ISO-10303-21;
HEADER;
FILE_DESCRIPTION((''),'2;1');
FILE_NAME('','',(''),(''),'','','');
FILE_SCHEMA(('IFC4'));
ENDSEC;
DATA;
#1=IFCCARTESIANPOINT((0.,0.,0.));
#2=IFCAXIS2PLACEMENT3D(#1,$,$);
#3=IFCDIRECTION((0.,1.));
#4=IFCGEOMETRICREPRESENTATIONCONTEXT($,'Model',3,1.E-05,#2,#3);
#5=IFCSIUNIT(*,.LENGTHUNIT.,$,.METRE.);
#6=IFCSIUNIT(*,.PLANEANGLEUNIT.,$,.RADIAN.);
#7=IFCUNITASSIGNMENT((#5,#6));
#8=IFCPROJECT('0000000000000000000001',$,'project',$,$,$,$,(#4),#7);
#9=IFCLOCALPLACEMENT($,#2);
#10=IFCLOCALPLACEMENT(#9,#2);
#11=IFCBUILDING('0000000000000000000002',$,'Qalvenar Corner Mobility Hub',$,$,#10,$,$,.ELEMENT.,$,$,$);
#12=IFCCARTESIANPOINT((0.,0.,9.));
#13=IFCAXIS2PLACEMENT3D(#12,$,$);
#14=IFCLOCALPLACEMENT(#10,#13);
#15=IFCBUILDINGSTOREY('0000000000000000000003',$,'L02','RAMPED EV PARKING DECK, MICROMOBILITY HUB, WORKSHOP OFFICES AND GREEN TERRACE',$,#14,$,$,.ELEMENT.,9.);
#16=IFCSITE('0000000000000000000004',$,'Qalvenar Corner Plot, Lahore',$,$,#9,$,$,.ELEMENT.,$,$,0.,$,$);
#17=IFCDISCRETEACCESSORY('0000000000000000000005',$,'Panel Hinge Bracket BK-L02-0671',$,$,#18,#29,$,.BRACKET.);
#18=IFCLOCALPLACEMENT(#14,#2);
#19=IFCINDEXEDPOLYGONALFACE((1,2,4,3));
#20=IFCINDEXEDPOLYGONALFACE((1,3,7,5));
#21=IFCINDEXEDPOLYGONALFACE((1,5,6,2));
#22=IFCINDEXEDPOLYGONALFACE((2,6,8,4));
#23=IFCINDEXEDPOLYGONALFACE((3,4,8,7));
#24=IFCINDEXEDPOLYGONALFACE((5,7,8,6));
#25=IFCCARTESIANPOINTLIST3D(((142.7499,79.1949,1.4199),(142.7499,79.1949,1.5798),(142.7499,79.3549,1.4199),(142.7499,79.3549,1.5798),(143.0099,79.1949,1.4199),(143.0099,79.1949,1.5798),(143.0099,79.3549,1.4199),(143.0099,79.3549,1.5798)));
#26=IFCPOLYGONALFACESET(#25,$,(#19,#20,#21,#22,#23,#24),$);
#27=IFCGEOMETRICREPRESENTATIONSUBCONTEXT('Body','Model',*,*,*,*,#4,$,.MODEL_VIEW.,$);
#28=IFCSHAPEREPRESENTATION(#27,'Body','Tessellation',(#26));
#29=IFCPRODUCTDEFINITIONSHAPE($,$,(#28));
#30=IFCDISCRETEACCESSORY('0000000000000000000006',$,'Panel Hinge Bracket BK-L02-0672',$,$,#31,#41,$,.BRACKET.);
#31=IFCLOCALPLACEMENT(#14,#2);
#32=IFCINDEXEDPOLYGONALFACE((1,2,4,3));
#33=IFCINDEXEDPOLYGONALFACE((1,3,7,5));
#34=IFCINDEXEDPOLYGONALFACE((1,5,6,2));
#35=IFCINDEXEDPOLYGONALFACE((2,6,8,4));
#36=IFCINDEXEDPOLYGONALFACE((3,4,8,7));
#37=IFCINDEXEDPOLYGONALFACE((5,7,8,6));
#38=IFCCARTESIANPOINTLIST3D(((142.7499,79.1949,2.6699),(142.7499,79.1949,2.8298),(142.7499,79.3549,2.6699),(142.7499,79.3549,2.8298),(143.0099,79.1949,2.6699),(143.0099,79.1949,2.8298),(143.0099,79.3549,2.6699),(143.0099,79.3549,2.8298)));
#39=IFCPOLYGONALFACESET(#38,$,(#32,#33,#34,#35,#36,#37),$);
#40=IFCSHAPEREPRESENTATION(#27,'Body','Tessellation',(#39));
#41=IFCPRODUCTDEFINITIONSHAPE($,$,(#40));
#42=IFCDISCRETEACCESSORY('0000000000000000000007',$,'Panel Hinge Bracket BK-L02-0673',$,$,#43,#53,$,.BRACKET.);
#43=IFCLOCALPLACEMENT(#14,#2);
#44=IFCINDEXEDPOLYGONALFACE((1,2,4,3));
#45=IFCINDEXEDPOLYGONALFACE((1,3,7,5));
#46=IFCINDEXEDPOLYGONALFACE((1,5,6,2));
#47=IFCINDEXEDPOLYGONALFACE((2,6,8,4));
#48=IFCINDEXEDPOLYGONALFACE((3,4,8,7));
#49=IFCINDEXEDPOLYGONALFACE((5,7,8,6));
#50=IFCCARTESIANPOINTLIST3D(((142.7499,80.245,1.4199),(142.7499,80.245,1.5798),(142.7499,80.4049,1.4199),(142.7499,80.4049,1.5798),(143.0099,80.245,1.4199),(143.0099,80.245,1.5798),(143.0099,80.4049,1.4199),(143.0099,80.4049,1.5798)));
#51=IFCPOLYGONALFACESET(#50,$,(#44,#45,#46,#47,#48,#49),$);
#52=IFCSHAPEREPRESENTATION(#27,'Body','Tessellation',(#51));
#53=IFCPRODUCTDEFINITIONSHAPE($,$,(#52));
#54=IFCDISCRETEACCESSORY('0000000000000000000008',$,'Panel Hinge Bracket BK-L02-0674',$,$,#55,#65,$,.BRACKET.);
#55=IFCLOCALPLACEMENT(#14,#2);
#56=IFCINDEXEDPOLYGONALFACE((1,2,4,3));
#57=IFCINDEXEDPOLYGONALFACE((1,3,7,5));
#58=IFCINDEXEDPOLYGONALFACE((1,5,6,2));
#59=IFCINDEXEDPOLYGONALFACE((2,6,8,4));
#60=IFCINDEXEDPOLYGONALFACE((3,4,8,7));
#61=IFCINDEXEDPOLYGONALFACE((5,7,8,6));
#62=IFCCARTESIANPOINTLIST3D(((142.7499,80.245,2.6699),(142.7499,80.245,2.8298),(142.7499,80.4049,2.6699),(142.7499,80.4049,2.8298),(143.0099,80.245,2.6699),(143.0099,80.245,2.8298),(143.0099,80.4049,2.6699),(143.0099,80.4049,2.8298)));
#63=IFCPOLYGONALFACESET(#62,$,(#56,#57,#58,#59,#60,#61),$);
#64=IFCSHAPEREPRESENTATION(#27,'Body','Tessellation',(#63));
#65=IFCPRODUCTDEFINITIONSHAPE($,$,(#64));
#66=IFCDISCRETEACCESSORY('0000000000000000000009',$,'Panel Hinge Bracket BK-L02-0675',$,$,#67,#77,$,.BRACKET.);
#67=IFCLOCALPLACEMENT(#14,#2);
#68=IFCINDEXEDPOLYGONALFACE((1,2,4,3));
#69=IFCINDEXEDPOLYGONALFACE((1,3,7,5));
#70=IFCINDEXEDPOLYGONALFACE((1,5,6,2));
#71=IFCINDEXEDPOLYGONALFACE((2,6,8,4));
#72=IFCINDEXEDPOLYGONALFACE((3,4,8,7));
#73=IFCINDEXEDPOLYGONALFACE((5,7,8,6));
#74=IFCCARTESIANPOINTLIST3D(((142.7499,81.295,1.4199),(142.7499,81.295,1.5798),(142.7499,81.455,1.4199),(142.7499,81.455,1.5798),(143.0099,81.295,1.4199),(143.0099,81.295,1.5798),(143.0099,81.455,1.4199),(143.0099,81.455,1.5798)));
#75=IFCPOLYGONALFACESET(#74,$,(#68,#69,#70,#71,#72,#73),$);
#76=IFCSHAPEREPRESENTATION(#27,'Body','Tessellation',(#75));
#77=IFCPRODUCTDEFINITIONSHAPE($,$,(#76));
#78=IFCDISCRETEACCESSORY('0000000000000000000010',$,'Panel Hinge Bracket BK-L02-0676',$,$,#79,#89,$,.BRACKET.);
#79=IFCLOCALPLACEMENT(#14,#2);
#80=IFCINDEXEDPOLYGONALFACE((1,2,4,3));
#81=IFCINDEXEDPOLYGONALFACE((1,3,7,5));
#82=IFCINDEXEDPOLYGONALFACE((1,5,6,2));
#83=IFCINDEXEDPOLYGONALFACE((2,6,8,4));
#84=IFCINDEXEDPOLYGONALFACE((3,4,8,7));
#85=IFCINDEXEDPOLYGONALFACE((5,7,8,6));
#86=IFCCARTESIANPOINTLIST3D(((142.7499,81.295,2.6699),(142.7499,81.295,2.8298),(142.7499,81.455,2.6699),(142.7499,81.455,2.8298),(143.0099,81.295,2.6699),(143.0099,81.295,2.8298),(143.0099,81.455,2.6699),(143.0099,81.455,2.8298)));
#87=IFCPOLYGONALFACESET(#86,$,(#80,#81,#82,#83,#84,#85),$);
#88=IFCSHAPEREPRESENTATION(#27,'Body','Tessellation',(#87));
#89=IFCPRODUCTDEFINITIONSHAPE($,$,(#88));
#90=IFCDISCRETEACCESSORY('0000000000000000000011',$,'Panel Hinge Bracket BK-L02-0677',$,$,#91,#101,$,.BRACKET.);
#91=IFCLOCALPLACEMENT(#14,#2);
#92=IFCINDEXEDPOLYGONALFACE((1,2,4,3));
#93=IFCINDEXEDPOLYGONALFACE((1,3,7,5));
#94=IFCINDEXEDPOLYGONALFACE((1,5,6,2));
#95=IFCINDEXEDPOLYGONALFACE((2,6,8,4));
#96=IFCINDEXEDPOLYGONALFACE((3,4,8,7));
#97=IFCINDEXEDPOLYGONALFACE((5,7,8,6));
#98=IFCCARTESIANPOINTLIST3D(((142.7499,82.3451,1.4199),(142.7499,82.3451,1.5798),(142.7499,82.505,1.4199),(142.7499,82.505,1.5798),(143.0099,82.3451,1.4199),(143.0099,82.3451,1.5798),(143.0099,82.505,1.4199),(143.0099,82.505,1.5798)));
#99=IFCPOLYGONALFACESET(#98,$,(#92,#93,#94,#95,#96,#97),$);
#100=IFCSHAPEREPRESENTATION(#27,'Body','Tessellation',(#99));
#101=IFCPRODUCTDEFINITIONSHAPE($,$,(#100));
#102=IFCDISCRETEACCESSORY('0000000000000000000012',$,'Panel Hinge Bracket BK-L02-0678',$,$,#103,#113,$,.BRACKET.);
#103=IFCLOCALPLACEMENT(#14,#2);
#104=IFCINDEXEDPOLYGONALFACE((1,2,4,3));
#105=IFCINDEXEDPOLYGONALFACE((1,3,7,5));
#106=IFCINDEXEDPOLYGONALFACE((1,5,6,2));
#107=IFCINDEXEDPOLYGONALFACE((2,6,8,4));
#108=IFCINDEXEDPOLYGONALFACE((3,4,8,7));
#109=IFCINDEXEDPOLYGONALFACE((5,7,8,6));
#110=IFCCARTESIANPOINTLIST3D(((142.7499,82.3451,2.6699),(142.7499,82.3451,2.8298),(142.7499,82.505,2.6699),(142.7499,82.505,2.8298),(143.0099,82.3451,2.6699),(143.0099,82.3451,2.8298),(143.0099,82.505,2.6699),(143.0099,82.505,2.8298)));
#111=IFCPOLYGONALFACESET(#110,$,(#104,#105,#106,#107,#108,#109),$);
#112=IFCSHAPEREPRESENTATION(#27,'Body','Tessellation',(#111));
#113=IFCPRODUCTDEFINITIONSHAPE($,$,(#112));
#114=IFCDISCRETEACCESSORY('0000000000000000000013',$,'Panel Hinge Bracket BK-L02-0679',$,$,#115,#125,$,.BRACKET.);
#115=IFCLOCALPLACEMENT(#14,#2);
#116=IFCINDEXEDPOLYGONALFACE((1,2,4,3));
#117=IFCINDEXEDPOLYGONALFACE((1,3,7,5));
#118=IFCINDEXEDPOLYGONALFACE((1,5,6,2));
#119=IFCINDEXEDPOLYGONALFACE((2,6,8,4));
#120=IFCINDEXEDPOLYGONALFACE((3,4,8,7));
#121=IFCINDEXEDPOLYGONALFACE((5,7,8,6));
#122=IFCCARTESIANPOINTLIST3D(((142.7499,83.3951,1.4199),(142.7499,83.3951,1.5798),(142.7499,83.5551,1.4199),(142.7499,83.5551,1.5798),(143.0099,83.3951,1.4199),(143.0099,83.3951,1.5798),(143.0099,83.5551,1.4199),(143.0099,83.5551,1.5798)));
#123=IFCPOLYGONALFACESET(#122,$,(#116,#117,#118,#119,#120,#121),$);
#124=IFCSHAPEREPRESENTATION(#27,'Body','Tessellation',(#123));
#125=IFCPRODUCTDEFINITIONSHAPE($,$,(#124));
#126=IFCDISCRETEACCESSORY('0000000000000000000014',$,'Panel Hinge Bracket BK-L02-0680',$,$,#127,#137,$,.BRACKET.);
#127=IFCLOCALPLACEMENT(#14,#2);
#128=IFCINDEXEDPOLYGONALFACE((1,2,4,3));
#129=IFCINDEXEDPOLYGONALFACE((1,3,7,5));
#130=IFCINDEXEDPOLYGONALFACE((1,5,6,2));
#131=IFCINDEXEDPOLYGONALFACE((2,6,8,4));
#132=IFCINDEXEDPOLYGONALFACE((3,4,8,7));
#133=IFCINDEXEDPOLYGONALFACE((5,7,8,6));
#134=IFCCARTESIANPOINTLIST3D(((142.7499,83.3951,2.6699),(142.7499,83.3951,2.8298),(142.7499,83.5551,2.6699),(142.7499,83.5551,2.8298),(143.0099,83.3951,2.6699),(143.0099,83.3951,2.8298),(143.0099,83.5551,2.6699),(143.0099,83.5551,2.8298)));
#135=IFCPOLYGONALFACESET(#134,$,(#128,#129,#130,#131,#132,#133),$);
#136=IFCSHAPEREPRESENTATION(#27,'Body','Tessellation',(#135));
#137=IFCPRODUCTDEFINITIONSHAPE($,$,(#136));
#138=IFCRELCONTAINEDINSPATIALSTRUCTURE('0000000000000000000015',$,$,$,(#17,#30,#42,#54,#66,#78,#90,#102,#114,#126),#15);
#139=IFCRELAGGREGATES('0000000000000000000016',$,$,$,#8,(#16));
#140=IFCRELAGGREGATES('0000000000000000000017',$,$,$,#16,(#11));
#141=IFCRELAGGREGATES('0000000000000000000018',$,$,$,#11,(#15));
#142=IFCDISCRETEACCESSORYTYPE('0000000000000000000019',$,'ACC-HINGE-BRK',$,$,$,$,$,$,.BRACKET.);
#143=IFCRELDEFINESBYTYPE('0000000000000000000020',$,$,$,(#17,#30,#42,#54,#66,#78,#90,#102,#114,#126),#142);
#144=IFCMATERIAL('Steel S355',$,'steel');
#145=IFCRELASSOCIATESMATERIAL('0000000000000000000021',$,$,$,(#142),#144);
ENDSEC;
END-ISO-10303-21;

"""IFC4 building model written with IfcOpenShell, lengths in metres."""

from ifc_helpers import new_model, si_unit, direction, frame, origin, origin_2d, place, context, subcontext, project, spatial, rectangle, extrude, material, type_object, element, save


model = new_model("IFC4")

# Units and contexts
model_context = context("Model", 3, precision=1e-05, world=origin(), true_north=direction((0.0, 1.0)))
body_context = subcontext(model_context, "Body", "Model", "MODEL_VIEW")
ifc_project = project(units=[si_unit("LENGTHUNIT", "METRE"), si_unit("PLANEANGLEUNIT", "RADIAN")], contexts=[model_context])

# Site, building, storey
site_placement = place(None, origin())
site = spatial("IfcSite", under=ifc_project, at=site_placement, Name="Qalvenar Corner Plot, Lahore", CompositionType="ELEMENT", RefElevation=0.0)
building_placement = place(site_placement, origin())
building = spatial("IfcBuilding", under=site, at=building_placement, Name="Qalvenar Corner Mobility Hub", CompositionType="ELEMENT")
storey_placement = place(building_placement, frame((0.0, 0.0, 9.0)))
storey = spatial("IfcBuildingStorey", under=building, at=storey_placement, Name="L02", Description="RAMPED EV PARKING DECK, MICROMOBILITY HUB, WORKSHOP OFFICES AND GREEN TERRACE", CompositionType="ELEMENT", Elevation=9.0)

# Shared definitions
ifc_material_1 = material(Name="Steel S355", Category="steel")

# Discrete accessories
discrete_accessory_type = type_object("IfcDiscreteAccessoryType", Name="ACC-HINGE-BRK", PredefinedType="BRACKET", material=ifc_material_1)
for number, where, z_axis, x_axis, name in (
    (1, (142.8799, 79.2749, 1.4199), (0.0, 0.0, 1.0), (0.0, 1.0, 0.0), "Panel Hinge Bracket BK-L02-0671"),
    (2, (142.8799, 79.2749, 2.6699), (0.0, 0.0, 1.0), (0.0, 1.0, 0.0), "Panel Hinge Bracket BK-L02-0672"),
    (3, (142.8799, 80.325, 1.4199), (0.0, 0.0, 1.0), (0.0, 1.0, 0.0), "Panel Hinge Bracket BK-L02-0673"),
    (4, (142.8799, 80.325, 2.6699), (0.0, 0.0, 1.0), (0.0, 1.0, 0.0), "Panel Hinge Bracket BK-L02-0674"),
    (5, (142.8799, 81.375, 1.4199), (0.0, 0.0, 1.0), (0.0, 1.0, 0.0), "Panel Hinge Bracket BK-L02-0675"),
    (6, (142.8799, 81.375, 2.6699), (0.0, 0.0, 1.0), (0.0, 1.0, 0.0), "Panel Hinge Bracket BK-L02-0676"),
    (7, (142.8799, 82.425, 1.4199), (0.0, 0.0, 1.0), (0.0, 1.0, 0.0), "Panel Hinge Bracket BK-L02-0677"),
    (8, (142.8799, 82.425, 2.6699), (0.0, 0.0, 1.0), (0.0, 1.0, 0.0), "Panel Hinge Bracket BK-L02-0678"),
    (9, (142.8799, 83.4751, 1.4199), (0.0, 0.0, 1.0), (0.0, 1.0, 0.0), "Panel Hinge Bracket BK-L02-0679"),
    (10, (142.8799, 83.4751, 2.6699), (0.0, 0.0, 1.0), (0.0, 1.0, 0.0), "Panel Hinge Bracket BK-L02-0680"),
):
    element("IfcDiscreteAccessory", number, at=place(storey_placement, frame(where, z_axis=z_axis, x_axis=x_axis)), inside=storey, type_object=discrete_accessory_type, Name=name, PredefinedType="BRACKET", context=body_context, shape_type="SweptSolid", body=[
        extrude(rectangle(XDim=0.1599, YDim=0.26, at=origin_2d()), origin(), (0.0, 0.0, 1.0), 0.1599),
    ])

save(model, "model.ifc")
